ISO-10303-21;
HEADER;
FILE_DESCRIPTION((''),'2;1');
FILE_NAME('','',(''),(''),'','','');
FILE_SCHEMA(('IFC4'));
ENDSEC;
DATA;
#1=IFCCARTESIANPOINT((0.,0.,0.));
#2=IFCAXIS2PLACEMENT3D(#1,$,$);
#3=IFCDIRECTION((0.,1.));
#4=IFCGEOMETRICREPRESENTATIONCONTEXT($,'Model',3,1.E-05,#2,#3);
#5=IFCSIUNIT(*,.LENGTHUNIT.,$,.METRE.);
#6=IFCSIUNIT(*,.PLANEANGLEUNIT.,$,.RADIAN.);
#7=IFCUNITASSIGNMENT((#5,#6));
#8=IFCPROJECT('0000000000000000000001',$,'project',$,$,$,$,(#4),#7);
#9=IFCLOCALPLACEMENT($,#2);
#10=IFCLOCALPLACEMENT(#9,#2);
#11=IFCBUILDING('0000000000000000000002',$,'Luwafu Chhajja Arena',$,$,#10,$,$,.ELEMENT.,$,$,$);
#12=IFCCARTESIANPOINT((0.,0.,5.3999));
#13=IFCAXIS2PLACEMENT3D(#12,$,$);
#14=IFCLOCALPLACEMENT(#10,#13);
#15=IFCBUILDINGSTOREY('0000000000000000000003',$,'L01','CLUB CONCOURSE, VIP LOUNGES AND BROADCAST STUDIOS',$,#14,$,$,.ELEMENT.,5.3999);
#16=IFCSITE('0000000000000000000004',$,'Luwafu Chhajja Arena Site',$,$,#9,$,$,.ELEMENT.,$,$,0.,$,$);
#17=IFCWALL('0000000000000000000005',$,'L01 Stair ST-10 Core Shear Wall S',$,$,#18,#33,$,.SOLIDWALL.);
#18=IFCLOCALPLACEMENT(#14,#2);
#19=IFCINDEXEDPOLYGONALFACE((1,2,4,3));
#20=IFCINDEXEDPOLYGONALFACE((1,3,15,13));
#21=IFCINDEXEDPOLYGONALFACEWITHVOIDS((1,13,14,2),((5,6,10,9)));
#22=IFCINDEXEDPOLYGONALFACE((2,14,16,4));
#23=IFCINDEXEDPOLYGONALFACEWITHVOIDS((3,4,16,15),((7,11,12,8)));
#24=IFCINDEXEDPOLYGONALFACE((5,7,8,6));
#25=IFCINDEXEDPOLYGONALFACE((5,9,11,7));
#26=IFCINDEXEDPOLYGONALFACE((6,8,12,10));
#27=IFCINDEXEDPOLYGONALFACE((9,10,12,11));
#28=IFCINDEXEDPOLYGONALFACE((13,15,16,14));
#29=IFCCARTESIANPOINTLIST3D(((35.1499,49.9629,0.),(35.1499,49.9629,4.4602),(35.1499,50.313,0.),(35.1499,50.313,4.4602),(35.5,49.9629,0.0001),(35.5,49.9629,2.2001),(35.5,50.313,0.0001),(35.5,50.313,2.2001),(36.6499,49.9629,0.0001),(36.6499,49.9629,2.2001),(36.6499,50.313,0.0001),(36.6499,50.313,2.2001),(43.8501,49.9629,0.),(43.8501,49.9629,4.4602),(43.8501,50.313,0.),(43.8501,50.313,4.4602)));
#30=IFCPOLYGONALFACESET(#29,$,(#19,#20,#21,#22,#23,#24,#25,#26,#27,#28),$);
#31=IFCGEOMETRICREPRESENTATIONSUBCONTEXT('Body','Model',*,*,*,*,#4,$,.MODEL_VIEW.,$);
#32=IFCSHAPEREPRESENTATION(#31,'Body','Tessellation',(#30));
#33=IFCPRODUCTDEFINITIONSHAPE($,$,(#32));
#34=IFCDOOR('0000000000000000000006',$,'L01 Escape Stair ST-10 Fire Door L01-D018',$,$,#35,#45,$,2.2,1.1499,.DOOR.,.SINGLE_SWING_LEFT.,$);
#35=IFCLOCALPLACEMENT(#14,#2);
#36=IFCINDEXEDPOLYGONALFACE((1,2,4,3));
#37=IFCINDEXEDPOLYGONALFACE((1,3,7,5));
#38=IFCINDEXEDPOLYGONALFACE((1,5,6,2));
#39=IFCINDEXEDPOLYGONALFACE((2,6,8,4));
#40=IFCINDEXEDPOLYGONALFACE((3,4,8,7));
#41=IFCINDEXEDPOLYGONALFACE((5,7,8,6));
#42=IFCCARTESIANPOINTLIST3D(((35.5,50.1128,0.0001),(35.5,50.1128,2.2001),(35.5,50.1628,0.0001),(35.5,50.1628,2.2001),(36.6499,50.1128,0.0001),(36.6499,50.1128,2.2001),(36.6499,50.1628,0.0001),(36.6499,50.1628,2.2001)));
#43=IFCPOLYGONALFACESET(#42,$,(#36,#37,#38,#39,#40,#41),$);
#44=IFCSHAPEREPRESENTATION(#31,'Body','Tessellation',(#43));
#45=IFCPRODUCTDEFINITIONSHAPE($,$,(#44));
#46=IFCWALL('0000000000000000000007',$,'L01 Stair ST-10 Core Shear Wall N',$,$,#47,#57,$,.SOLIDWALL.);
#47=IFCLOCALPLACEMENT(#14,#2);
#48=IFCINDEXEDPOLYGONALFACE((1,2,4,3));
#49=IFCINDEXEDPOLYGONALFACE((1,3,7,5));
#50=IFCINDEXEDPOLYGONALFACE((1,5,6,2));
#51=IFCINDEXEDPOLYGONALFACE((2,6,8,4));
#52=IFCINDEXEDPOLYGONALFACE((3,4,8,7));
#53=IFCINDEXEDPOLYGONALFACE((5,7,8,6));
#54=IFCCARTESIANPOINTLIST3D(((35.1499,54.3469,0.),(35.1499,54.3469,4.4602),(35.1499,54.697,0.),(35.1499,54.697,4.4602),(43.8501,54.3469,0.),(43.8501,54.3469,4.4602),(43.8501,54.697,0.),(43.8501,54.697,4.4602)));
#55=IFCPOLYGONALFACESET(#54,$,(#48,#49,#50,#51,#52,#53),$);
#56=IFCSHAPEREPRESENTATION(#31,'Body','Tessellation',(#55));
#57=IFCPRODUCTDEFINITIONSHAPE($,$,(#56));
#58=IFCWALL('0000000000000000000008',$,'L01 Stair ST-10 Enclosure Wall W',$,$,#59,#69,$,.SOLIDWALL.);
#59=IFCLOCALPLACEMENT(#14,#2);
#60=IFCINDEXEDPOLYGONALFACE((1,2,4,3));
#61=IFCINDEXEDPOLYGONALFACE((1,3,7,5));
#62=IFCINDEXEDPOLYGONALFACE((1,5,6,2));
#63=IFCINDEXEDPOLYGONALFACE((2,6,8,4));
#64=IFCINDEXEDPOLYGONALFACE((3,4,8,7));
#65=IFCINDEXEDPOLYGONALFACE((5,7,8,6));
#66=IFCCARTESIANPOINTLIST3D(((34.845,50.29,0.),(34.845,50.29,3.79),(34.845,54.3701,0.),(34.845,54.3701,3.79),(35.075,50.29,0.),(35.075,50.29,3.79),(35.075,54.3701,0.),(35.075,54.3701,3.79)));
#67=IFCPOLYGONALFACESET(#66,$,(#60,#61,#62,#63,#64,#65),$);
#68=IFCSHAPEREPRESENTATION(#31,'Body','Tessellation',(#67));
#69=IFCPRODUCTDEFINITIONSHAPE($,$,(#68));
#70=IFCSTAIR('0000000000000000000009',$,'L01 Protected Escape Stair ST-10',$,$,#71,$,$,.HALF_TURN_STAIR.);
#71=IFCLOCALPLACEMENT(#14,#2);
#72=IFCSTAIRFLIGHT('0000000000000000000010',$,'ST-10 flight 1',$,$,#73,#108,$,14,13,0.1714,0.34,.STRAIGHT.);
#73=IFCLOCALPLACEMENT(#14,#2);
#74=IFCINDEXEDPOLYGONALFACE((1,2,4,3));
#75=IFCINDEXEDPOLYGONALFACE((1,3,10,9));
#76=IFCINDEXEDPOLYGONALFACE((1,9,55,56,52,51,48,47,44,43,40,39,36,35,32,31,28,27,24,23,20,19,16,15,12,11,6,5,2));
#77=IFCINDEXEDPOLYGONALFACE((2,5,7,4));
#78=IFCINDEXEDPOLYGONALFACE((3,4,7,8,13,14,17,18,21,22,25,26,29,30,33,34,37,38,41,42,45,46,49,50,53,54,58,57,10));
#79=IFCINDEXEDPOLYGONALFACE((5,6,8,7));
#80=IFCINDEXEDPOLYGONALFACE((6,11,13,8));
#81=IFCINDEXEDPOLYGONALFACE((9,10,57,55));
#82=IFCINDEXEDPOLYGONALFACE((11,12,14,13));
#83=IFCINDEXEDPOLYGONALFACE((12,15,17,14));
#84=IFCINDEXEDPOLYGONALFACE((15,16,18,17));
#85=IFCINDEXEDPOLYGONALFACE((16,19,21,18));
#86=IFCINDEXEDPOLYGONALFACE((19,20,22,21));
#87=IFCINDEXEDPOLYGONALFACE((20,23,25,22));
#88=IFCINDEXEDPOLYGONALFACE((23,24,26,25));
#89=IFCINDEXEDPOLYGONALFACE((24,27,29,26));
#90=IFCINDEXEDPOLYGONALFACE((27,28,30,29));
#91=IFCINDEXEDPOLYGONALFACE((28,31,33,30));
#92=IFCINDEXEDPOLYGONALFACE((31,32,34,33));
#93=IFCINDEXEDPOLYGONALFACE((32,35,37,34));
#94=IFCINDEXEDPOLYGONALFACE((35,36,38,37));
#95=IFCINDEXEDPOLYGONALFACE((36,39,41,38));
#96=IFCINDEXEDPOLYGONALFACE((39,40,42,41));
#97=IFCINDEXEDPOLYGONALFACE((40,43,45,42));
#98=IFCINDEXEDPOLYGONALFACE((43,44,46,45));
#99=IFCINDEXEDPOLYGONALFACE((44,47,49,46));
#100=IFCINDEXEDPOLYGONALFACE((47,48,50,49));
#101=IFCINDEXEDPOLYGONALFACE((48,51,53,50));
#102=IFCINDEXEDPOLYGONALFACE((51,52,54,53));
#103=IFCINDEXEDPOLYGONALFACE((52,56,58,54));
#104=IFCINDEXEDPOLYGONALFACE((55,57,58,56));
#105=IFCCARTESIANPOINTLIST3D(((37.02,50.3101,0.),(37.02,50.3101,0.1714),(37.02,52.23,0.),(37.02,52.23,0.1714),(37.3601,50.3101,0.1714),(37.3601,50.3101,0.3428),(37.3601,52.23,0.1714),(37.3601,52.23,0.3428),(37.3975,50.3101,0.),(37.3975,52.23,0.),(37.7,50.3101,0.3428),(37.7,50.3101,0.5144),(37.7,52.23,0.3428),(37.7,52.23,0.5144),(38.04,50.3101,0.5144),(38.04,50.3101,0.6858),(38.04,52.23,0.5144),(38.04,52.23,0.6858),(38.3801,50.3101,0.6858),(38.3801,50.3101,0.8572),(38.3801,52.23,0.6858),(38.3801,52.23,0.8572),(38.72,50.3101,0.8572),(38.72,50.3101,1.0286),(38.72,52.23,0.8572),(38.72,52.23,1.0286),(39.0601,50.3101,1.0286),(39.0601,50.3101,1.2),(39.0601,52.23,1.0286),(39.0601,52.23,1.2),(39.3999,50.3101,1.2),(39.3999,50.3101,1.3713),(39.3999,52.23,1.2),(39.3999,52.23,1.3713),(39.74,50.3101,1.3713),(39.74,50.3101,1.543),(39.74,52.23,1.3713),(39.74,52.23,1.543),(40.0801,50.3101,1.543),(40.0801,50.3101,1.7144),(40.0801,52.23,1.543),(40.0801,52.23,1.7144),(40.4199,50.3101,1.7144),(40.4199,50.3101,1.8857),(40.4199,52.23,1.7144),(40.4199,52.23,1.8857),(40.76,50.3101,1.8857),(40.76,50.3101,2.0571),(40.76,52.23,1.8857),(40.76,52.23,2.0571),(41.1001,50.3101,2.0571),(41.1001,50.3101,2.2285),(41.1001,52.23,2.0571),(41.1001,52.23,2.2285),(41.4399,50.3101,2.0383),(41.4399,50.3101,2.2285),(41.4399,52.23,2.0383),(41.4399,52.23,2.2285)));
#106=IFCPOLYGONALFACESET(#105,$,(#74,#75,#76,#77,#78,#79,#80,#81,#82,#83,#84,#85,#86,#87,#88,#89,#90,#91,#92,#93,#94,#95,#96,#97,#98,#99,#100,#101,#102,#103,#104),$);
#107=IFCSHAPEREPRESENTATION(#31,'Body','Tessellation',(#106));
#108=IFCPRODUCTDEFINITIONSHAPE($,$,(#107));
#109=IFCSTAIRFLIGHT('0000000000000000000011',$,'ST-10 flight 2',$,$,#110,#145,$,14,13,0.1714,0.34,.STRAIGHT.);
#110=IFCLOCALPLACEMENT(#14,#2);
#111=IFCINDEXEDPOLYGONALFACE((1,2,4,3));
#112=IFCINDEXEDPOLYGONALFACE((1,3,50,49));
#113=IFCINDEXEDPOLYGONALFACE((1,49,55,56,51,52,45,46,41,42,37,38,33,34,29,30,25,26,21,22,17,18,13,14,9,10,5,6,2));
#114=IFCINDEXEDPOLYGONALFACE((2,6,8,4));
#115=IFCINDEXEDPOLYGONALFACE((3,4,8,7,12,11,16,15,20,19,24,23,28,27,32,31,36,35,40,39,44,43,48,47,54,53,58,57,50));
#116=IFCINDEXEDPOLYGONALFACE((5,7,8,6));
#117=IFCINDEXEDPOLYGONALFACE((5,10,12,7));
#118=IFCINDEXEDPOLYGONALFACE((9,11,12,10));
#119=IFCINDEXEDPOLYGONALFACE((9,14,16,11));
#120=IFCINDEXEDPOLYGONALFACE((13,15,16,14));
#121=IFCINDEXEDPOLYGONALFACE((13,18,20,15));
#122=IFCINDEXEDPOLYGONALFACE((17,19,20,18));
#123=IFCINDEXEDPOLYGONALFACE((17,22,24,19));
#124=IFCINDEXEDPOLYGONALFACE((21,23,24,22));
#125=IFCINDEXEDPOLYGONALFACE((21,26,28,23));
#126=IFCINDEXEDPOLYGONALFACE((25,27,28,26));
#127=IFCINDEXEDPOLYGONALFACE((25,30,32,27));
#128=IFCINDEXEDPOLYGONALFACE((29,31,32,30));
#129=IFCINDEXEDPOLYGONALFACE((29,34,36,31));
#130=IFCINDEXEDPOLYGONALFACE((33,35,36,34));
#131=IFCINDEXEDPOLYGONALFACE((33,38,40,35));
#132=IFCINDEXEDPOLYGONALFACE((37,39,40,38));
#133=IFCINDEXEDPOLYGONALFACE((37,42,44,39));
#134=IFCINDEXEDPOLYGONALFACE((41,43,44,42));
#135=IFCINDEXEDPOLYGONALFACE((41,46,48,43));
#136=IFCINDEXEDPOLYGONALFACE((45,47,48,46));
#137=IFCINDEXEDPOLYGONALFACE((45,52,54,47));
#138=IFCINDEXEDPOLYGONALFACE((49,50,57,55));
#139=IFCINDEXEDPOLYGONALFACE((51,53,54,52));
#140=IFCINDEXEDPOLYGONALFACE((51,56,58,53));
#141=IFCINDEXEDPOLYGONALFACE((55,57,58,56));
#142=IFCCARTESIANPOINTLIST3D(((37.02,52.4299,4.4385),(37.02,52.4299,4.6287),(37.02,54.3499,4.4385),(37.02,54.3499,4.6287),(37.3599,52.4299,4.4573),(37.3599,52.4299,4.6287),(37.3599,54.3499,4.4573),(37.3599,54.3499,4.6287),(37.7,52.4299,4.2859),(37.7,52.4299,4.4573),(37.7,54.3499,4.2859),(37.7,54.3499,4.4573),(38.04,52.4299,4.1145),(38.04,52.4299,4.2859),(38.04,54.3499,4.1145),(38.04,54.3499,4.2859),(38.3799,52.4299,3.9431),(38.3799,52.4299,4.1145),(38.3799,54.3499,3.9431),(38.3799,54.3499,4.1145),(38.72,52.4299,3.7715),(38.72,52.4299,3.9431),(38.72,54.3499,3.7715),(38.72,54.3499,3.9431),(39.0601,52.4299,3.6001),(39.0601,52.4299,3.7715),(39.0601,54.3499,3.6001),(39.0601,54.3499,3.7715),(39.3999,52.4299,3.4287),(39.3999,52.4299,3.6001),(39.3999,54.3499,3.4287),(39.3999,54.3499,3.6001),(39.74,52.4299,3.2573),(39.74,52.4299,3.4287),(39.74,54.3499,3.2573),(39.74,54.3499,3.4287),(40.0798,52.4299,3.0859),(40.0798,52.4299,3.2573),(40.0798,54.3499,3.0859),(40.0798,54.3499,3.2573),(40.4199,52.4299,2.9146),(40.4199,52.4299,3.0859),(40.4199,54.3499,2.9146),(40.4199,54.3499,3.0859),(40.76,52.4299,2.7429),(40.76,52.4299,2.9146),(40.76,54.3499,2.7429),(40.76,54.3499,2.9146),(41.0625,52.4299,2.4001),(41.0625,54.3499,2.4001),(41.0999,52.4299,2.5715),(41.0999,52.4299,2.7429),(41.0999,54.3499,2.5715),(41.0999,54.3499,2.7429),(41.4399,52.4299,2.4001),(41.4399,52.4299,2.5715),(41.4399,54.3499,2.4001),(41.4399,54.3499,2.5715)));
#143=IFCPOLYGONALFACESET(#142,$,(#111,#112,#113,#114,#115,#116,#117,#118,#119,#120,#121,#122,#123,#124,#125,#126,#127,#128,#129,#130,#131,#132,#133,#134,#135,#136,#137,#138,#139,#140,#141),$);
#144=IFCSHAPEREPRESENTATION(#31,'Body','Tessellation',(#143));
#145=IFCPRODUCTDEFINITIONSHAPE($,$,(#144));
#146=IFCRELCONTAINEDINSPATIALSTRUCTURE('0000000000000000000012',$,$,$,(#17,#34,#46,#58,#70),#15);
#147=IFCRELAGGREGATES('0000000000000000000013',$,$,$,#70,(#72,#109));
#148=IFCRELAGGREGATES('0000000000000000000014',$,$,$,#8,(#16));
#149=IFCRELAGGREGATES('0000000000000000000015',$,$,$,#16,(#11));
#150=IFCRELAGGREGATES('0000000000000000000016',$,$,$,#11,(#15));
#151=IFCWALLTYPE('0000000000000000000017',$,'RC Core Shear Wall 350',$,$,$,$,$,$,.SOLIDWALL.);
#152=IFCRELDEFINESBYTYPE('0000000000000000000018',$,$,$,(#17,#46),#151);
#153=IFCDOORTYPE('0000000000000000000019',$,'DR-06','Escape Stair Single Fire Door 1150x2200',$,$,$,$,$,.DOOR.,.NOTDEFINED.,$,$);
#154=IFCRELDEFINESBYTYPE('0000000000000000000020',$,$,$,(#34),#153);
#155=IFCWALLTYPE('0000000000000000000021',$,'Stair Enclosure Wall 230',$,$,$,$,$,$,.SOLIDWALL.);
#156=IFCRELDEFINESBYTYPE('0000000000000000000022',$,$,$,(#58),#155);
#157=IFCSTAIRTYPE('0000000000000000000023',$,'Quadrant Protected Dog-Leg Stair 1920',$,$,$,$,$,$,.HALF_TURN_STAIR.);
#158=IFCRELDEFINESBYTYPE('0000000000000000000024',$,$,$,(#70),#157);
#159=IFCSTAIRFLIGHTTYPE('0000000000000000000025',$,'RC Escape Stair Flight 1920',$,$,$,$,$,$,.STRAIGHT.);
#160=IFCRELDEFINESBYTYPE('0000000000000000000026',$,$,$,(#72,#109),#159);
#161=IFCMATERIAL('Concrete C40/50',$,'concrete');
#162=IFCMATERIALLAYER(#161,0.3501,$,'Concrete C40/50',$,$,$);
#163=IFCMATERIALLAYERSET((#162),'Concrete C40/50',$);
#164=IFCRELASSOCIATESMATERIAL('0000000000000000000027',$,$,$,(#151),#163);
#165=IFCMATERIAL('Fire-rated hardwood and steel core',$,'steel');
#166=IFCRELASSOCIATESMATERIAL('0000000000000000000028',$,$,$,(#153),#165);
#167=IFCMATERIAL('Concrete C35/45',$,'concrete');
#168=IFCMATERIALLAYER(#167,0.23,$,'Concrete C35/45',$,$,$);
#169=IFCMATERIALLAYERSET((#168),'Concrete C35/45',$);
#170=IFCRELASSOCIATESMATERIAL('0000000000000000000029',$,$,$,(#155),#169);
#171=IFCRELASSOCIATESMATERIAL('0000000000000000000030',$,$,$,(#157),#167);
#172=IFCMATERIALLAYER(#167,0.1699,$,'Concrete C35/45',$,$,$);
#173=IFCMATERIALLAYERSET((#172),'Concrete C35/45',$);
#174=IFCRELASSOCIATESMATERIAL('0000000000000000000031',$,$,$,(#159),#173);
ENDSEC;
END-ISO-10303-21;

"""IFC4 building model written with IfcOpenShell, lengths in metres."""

from ifc_helpers import new_model, si_unit, direction, frame, frame_2d, origin, place, context, subcontext, project, spatial, polyline, rectangle, outline, extrude, material, layer, layer_set, type_object, element, fill, aggregate, save


model = new_model("IFC4")

# Units and contexts
model_context = context("Model", 3, precision=1e-05, world=origin(), true_north=direction((0.0, 1.0)))
body_context = subcontext(model_context, "Body", "Model", "MODEL_VIEW")
ifc_project = project(units=[si_unit("LENGTHUNIT", "METRE"), si_unit("PLANEANGLEUNIT", "RADIAN")], contexts=[model_context])

# Site, building, storey
site_placement = place(None, origin())
site = spatial("IfcSite", under=ifc_project, at=site_placement, Name="Luwafu Chhajja Arena Site", CompositionType="ELEMENT", RefElevation=0.0)
building_placement = place(site_placement, origin())
building = spatial("IfcBuilding", under=site, at=building_placement, Name="Luwafu Chhajja Arena", CompositionType="ELEMENT")
storey_placement = place(building_placement, frame((0.0, 0.0, 5.3999)))
storey = spatial("IfcBuildingStorey", under=building, at=storey_placement, Name="L01", Description="CLUB CONCOURSE, VIP LOUNGES AND BROADCAST STUDIOS", CompositionType="ELEMENT", Elevation=5.3999)

# Shared definitions
ifc_material_1 = material(Name="Concrete C40/50", Category="concrete")
ifc_layer_1 = layer(ifc_material_1, 0.3501, Name="Concrete C40/50")
ifc_layer_set_1 = layer_set([ifc_layer_1], Name="Concrete C40/50")
wall_type_1 = type_object("IfcWallType", Name="RC Core Shear Wall 350", PredefinedType="SOLIDWALL", material=ifc_layer_set_1)
ifc_material_2 = material(Name="Fire-rated hardwood and steel core", Category="steel")
door_type = type_object("IfcDoorType", Name="DR-06", Description="Escape Stair Single Fire Door 1150x2200", OperationType="NOTDEFINED", PredefinedType="DOOR", material=ifc_material_2)

# Wall, opening, door
wall_1_placement = place(storey_placement, frame((35.1499, 50.1379, 0.0), z_axis=(0.0, 0.0, 1.0), x_axis=(1.0, 0.0, 0.0)))
wall_1 = element("IfcWall", 1, at=wall_1_placement, inside=storey, type_object=wall_type_1, Name="L01 Stair ST-10 Core Shear Wall S", PredefinedType="SOLIDWALL", context=body_context, shape_type="SweptSolid", body=[
    extrude(rectangle(XDim=8.7002, YDim=0.3501, at=frame_2d((4.3501, 0.0))), origin(), (0.0, 0.0, 1.0), 4.4602),
])
opening_1_placement = place(wall_1_placement, frame((0.3501, 0.0, 0.0)))
opening_1 = element("IfcOpeningElement", 2, at=opening_1_placement, cuts=wall_1, PredefinedType="OPENING", context=body_context, shape_type="SweptSolid", body=[
    extrude(rectangle(XDim=1.1499, YDim=2.2, at=frame_2d((0.575, 1.1001))), frame((0.0, 0.1851, 0.0), z_axis=(0.0, -1.0, 0.0), x_axis=(1.0, 0.0, 0.0)), (0.0, 0.0, 1.0), 0.3701),
])
door_1_placement = place(opening_1_placement, origin())
door_1 = element("IfcDoor", 3, at=door_1_placement, inside=storey, type_object=door_type, Name="L01 Escape Stair ST-10 Fire Door L01-D018", OperationType="SINGLE_SWING_LEFT", OverallHeight=2.2, OverallWidth=1.1499, PredefinedType="DOOR", context=body_context, shape_type="SweptSolid", body=[
    extrude(rectangle(XDim=1.1499, YDim=2.2, at=frame_2d((0.575, 1.1001))), frame((0.0, 0.0249, 0.0), z_axis=(0.0, -1.0, 0.0), x_axis=(1.0, 0.0, 0.0)), (0.0, 0.0, 1.0), 0.05),
])
fill(opening_1, door_1)

# Walls
wall_2_placement = place(storey_placement, frame((35.1499, 54.522, 0.0), z_axis=(0.0, 0.0, 1.0), x_axis=(1.0, 0.0, 0.0)))
element("IfcWall", 4, at=wall_2_placement, inside=storey, type_object=wall_type_1, Name="L01 Stair ST-10 Core Shear Wall N", PredefinedType="SOLIDWALL", context=body_context, shape_type="SweptSolid", body=[
    extrude(rectangle(XDim=8.7002, YDim=0.3501, at=frame_2d((4.3501, 0.0))), origin(), (0.0, 0.0, 1.0), 4.4602),
])
ifc_material_3 = material(Name="Concrete C35/45", Category="concrete")
ifc_layer_2 = layer(ifc_material_3, 0.23, Name="Concrete C35/45")
ifc_layer_set_2 = layer_set([ifc_layer_2], Name="Concrete C35/45")
wall_type_2 = type_object("IfcWallType", Name="Stair Enclosure Wall 230", PredefinedType="SOLIDWALL", material=ifc_layer_set_2)
wall_3_placement = place(storey_placement, frame((34.96, 50.29, 0.0), z_axis=(0.0, 0.0, 1.0), x_axis=(0.0, 1.0, 0.0)))
element("IfcWall", 5, at=wall_3_placement, inside=storey, type_object=wall_type_2, Name="L01 Stair ST-10 Enclosure Wall W", PredefinedType="SOLIDWALL", context=body_context, shape_type="SweptSolid", body=[
    extrude(rectangle(XDim=4.0801, YDim=0.23, at=frame_2d((2.04, 0.0))), origin(), (0.0, 0.0, 1.0), 3.79),
])

# Stair, stair flights
stair_type = type_object("IfcStairType", Name="Quadrant Protected Dog-Leg Stair 1920", PredefinedType="HALF_TURN_STAIR", material=ifc_material_3)
stair_placement = place(storey_placement, origin())
stair = element("IfcStair", 6, at=stair_placement, inside=storey, type_object=stair_type, Name="L01 Protected Escape Stair ST-10", PredefinedType="HALF_TURN_STAIR")
ifc_layer_3 = layer(ifc_material_3, 0.1699, Name="Concrete C35/45")
ifc_layer_set_3 = layer_set([ifc_layer_3], Name="Concrete C35/45")
stair_flight_type = type_object("IfcStairFlightType", Name="RC Escape Stair Flight 1920", PredefinedType="STRAIGHT", material=ifc_layer_set_3)
stair_flight_1_placement = place(storey_placement, frame((37.02, 51.27, 0.0), z_axis=(0.0, 0.0, 1.0), x_axis=(1.0, 0.0, 0.0)))
stair_flight_1 = element("IfcStairFlight", 7, at=stair_flight_1_placement, type_object=stair_flight_type, Name="ST-10 flight 1", NumberOfRisers=14, NumberOfTreads=13, PredefinedType="STRAIGHT", RiserHeight=0.1714, TreadLength=0.34, context=body_context, shape_type="SweptSolid", body=[
    extrude(outline(polyline([(0.0, 0.0), (0.0, 0.1714), (0.3401, 0.1714), (0.3401, 0.3428), (0.6799, 0.3428), (0.6799, 0.5144), (1.02, 0.5144), (1.02, 0.6858), (1.3601, 0.6858), (1.3601, 0.8572), (1.7, 0.8572), (1.7, 1.0286), (2.04, 1.0286), (2.04, 1.2), (2.3799, 1.2), (2.3799, 1.3713), (2.72, 1.3713), (2.72, 1.543), (3.0601, 1.543), (3.0601, 1.7144), (3.3999, 1.7144), (3.3999, 1.8857), (3.74, 1.8857), (3.74, 2.0571), (4.0801, 2.0571), (4.0801, 2.2285), (4.4199, 2.2285), (4.4199, 2.3999), (4.4199, 2.0383), (0.3774, 0.0), (0.0, 0.0)])), frame((0.0, 0.96, 0.0), z_axis=(0.0, -1.0, 0.0), x_axis=(1.0, 0.0, 0.0)), (0.0, 0.0, 1.0), 1.9199),
])
stair_flight_2_placement = place(storey_placement, frame((41.4399, 53.3899, 2.4001), z_axis=(0.0, 0.0, 1.0), x_axis=(-1.0, 0.0, 0.0)))
stair_flight_2 = element("IfcStairFlight", 8, at=stair_flight_2_placement, type_object=stair_flight_type, Name="ST-10 flight 2", NumberOfRisers=14, NumberOfTreads=13, PredefinedType="STRAIGHT", RiserHeight=0.1714, TreadLength=0.34, context=body_context, shape_type="SweptSolid", body=[
    extrude(outline(polyline([(0.0, 0.0), (0.0, 0.1714), (0.3401, 0.1714), (0.3401, 0.3428), (0.6799, 0.3428), (0.6799, 0.5144), (1.02, 0.5144), (1.02, 0.6858), (1.3601, 0.6858), (1.3601, 0.8572), (1.7, 0.8572), (1.7, 1.0286), (2.04, 1.0286), (2.04, 1.2), (2.3799, 1.2), (2.3799, 1.3713), (2.72, 1.3713), (2.72, 1.543), (3.0601, 1.543), (3.0601, 1.7144), (3.3999, 1.7144), (3.3999, 1.8857), (3.74, 1.8857), (3.74, 2.0571), (4.0801, 2.0571), (4.0801, 2.2285), (4.4199, 2.2285), (4.4199, 2.3999), (4.4199, 2.0383), (0.3774, 0.0), (0.0, 0.0)])), frame((0.0, 0.96, 0.0), z_axis=(0.0, -1.0, 0.0), x_axis=(1.0, 0.0, 0.0)), (0.0, 0.0, 1.0), 1.9199),
])
aggregate(stair, [stair_flight_1, stair_flight_2])

save(model, "model.ifc")
